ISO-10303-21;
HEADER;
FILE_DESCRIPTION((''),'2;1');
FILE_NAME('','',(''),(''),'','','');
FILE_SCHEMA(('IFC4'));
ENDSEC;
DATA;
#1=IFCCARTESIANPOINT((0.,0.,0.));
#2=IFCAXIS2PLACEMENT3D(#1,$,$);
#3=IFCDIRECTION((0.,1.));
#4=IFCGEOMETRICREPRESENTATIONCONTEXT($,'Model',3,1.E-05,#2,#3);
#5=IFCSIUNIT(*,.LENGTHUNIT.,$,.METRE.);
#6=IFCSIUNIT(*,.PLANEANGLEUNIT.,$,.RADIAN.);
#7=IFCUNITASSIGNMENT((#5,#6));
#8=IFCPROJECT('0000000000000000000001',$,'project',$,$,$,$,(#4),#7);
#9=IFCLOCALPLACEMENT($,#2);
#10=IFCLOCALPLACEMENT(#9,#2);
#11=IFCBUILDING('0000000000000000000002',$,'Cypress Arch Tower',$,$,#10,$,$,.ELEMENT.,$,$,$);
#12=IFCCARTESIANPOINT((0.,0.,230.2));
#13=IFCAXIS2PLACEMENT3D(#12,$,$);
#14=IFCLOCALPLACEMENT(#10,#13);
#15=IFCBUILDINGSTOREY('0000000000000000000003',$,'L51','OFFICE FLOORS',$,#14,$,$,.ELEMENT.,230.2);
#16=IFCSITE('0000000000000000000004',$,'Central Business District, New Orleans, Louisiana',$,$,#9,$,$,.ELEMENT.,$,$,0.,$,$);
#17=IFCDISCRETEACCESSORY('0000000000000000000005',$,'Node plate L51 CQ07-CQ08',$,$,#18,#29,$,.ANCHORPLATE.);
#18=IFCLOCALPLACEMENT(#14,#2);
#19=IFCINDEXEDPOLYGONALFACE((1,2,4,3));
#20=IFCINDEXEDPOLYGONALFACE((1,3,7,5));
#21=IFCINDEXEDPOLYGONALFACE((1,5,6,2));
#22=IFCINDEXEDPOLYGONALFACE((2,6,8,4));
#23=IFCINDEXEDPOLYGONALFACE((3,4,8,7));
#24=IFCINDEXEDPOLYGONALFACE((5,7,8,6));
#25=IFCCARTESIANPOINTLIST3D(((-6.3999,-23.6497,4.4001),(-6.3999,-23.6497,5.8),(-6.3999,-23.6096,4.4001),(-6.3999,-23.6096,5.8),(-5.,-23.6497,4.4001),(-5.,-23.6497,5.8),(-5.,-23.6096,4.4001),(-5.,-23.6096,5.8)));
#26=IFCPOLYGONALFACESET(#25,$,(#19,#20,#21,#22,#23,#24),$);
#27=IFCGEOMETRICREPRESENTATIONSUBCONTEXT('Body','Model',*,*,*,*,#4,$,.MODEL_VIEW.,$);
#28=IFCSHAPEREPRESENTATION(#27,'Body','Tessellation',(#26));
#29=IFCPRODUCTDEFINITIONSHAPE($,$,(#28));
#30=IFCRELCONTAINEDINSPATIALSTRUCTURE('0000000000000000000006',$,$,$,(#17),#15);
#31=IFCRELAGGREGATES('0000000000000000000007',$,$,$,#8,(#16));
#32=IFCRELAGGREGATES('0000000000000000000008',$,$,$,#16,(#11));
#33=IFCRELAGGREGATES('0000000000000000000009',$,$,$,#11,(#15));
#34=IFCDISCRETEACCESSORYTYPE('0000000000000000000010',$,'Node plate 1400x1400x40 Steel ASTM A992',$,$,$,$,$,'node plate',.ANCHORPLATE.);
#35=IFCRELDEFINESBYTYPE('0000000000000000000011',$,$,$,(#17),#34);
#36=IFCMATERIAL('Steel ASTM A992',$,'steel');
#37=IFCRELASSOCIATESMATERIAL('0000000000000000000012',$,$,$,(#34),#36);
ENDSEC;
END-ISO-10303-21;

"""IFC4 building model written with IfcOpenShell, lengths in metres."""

from ifc_helpers import new_model, si_unit, direction, frame, origin, origin_2d, place, context, subcontext, project, spatial, rectangle, extrude, material, material_profile, profile_set, type_object, element, save


model = new_model("IFC4")

# Units and contexts
model_context = context("Model", 3, precision=1e-05, world=origin(), true_north=direction((0.0, 1.0)))
body_context = subcontext(model_context, "Body", "Model", "MODEL_VIEW")
ifc_project = project(units=[si_unit("LENGTHUNIT", "METRE"), si_unit("PLANEANGLEUNIT", "RADIAN")], contexts=[model_context])

# Site, building, storey
site_placement = place(None, origin())
site = spatial("IfcSite", under=ifc_project, at=site_placement, Name="Central Business District, New Orleans, Louisiana", CompositionType="ELEMENT", RefElevation=0.0)
building_placement = place(site_placement, origin())
building = spatial("IfcBuilding", under=site, at=building_placement, Name="Cypress Arch Tower", CompositionType="ELEMENT")
storey_placement = place(building_placement, frame((0.0, 0.0, 230.2)))
storey = spatial("IfcBuildingStorey", under=building, at=storey_placement, Name="L51", Description="OFFICE FLOORS", CompositionType="ELEMENT", Elevation=230.2)

# Discrete accessory
ifc_material_1 = material(Name="Steel ASTM A992", Category="steel")
ifc_material_profile_1 = material_profile(ifc_material_1, rectangle(XDim=1.3999, YDim=1.3999, at=origin_2d()), Name="PL 40 1400x1400")
ifc_profile_set_1 = profile_set([ifc_material_profile_1], Name="Steel ASTM A992")
discrete_accessory_type_1 = type_object("IfcDiscreteAccessoryType", Name="Node plate 1400x1400x40 Steel ASTM A992", ElementType="node plate", PredefinedType="ANCHORPLATE", material=ifc_profile_set_1)
for number, where, z_axis, x_axis, name in (
    (1, (-5.7, -23.6497, 5.1001), (0.0, 1.0, 0.0), (-1.0, 0.0, 0.0), "Node plate L51 CQ07-CQ08"),
):
    element("IfcDiscreteAccessory", number, at=place(storey_placement, frame(where, z_axis=z_axis, x_axis=x_axis)), inside=storey, type_object=discrete_accessory_type_1, Name=name, PredefinedType="ANCHORPLATE", context=body_context, shape_type="SweptSolid", body=[
        extrude(rectangle(XDim=1.3999, YDim=1.3999, at=origin_2d()), origin(), (0.0, 0.0, 1.0), 0.04),
    ])

save(model, "model.ifc")
